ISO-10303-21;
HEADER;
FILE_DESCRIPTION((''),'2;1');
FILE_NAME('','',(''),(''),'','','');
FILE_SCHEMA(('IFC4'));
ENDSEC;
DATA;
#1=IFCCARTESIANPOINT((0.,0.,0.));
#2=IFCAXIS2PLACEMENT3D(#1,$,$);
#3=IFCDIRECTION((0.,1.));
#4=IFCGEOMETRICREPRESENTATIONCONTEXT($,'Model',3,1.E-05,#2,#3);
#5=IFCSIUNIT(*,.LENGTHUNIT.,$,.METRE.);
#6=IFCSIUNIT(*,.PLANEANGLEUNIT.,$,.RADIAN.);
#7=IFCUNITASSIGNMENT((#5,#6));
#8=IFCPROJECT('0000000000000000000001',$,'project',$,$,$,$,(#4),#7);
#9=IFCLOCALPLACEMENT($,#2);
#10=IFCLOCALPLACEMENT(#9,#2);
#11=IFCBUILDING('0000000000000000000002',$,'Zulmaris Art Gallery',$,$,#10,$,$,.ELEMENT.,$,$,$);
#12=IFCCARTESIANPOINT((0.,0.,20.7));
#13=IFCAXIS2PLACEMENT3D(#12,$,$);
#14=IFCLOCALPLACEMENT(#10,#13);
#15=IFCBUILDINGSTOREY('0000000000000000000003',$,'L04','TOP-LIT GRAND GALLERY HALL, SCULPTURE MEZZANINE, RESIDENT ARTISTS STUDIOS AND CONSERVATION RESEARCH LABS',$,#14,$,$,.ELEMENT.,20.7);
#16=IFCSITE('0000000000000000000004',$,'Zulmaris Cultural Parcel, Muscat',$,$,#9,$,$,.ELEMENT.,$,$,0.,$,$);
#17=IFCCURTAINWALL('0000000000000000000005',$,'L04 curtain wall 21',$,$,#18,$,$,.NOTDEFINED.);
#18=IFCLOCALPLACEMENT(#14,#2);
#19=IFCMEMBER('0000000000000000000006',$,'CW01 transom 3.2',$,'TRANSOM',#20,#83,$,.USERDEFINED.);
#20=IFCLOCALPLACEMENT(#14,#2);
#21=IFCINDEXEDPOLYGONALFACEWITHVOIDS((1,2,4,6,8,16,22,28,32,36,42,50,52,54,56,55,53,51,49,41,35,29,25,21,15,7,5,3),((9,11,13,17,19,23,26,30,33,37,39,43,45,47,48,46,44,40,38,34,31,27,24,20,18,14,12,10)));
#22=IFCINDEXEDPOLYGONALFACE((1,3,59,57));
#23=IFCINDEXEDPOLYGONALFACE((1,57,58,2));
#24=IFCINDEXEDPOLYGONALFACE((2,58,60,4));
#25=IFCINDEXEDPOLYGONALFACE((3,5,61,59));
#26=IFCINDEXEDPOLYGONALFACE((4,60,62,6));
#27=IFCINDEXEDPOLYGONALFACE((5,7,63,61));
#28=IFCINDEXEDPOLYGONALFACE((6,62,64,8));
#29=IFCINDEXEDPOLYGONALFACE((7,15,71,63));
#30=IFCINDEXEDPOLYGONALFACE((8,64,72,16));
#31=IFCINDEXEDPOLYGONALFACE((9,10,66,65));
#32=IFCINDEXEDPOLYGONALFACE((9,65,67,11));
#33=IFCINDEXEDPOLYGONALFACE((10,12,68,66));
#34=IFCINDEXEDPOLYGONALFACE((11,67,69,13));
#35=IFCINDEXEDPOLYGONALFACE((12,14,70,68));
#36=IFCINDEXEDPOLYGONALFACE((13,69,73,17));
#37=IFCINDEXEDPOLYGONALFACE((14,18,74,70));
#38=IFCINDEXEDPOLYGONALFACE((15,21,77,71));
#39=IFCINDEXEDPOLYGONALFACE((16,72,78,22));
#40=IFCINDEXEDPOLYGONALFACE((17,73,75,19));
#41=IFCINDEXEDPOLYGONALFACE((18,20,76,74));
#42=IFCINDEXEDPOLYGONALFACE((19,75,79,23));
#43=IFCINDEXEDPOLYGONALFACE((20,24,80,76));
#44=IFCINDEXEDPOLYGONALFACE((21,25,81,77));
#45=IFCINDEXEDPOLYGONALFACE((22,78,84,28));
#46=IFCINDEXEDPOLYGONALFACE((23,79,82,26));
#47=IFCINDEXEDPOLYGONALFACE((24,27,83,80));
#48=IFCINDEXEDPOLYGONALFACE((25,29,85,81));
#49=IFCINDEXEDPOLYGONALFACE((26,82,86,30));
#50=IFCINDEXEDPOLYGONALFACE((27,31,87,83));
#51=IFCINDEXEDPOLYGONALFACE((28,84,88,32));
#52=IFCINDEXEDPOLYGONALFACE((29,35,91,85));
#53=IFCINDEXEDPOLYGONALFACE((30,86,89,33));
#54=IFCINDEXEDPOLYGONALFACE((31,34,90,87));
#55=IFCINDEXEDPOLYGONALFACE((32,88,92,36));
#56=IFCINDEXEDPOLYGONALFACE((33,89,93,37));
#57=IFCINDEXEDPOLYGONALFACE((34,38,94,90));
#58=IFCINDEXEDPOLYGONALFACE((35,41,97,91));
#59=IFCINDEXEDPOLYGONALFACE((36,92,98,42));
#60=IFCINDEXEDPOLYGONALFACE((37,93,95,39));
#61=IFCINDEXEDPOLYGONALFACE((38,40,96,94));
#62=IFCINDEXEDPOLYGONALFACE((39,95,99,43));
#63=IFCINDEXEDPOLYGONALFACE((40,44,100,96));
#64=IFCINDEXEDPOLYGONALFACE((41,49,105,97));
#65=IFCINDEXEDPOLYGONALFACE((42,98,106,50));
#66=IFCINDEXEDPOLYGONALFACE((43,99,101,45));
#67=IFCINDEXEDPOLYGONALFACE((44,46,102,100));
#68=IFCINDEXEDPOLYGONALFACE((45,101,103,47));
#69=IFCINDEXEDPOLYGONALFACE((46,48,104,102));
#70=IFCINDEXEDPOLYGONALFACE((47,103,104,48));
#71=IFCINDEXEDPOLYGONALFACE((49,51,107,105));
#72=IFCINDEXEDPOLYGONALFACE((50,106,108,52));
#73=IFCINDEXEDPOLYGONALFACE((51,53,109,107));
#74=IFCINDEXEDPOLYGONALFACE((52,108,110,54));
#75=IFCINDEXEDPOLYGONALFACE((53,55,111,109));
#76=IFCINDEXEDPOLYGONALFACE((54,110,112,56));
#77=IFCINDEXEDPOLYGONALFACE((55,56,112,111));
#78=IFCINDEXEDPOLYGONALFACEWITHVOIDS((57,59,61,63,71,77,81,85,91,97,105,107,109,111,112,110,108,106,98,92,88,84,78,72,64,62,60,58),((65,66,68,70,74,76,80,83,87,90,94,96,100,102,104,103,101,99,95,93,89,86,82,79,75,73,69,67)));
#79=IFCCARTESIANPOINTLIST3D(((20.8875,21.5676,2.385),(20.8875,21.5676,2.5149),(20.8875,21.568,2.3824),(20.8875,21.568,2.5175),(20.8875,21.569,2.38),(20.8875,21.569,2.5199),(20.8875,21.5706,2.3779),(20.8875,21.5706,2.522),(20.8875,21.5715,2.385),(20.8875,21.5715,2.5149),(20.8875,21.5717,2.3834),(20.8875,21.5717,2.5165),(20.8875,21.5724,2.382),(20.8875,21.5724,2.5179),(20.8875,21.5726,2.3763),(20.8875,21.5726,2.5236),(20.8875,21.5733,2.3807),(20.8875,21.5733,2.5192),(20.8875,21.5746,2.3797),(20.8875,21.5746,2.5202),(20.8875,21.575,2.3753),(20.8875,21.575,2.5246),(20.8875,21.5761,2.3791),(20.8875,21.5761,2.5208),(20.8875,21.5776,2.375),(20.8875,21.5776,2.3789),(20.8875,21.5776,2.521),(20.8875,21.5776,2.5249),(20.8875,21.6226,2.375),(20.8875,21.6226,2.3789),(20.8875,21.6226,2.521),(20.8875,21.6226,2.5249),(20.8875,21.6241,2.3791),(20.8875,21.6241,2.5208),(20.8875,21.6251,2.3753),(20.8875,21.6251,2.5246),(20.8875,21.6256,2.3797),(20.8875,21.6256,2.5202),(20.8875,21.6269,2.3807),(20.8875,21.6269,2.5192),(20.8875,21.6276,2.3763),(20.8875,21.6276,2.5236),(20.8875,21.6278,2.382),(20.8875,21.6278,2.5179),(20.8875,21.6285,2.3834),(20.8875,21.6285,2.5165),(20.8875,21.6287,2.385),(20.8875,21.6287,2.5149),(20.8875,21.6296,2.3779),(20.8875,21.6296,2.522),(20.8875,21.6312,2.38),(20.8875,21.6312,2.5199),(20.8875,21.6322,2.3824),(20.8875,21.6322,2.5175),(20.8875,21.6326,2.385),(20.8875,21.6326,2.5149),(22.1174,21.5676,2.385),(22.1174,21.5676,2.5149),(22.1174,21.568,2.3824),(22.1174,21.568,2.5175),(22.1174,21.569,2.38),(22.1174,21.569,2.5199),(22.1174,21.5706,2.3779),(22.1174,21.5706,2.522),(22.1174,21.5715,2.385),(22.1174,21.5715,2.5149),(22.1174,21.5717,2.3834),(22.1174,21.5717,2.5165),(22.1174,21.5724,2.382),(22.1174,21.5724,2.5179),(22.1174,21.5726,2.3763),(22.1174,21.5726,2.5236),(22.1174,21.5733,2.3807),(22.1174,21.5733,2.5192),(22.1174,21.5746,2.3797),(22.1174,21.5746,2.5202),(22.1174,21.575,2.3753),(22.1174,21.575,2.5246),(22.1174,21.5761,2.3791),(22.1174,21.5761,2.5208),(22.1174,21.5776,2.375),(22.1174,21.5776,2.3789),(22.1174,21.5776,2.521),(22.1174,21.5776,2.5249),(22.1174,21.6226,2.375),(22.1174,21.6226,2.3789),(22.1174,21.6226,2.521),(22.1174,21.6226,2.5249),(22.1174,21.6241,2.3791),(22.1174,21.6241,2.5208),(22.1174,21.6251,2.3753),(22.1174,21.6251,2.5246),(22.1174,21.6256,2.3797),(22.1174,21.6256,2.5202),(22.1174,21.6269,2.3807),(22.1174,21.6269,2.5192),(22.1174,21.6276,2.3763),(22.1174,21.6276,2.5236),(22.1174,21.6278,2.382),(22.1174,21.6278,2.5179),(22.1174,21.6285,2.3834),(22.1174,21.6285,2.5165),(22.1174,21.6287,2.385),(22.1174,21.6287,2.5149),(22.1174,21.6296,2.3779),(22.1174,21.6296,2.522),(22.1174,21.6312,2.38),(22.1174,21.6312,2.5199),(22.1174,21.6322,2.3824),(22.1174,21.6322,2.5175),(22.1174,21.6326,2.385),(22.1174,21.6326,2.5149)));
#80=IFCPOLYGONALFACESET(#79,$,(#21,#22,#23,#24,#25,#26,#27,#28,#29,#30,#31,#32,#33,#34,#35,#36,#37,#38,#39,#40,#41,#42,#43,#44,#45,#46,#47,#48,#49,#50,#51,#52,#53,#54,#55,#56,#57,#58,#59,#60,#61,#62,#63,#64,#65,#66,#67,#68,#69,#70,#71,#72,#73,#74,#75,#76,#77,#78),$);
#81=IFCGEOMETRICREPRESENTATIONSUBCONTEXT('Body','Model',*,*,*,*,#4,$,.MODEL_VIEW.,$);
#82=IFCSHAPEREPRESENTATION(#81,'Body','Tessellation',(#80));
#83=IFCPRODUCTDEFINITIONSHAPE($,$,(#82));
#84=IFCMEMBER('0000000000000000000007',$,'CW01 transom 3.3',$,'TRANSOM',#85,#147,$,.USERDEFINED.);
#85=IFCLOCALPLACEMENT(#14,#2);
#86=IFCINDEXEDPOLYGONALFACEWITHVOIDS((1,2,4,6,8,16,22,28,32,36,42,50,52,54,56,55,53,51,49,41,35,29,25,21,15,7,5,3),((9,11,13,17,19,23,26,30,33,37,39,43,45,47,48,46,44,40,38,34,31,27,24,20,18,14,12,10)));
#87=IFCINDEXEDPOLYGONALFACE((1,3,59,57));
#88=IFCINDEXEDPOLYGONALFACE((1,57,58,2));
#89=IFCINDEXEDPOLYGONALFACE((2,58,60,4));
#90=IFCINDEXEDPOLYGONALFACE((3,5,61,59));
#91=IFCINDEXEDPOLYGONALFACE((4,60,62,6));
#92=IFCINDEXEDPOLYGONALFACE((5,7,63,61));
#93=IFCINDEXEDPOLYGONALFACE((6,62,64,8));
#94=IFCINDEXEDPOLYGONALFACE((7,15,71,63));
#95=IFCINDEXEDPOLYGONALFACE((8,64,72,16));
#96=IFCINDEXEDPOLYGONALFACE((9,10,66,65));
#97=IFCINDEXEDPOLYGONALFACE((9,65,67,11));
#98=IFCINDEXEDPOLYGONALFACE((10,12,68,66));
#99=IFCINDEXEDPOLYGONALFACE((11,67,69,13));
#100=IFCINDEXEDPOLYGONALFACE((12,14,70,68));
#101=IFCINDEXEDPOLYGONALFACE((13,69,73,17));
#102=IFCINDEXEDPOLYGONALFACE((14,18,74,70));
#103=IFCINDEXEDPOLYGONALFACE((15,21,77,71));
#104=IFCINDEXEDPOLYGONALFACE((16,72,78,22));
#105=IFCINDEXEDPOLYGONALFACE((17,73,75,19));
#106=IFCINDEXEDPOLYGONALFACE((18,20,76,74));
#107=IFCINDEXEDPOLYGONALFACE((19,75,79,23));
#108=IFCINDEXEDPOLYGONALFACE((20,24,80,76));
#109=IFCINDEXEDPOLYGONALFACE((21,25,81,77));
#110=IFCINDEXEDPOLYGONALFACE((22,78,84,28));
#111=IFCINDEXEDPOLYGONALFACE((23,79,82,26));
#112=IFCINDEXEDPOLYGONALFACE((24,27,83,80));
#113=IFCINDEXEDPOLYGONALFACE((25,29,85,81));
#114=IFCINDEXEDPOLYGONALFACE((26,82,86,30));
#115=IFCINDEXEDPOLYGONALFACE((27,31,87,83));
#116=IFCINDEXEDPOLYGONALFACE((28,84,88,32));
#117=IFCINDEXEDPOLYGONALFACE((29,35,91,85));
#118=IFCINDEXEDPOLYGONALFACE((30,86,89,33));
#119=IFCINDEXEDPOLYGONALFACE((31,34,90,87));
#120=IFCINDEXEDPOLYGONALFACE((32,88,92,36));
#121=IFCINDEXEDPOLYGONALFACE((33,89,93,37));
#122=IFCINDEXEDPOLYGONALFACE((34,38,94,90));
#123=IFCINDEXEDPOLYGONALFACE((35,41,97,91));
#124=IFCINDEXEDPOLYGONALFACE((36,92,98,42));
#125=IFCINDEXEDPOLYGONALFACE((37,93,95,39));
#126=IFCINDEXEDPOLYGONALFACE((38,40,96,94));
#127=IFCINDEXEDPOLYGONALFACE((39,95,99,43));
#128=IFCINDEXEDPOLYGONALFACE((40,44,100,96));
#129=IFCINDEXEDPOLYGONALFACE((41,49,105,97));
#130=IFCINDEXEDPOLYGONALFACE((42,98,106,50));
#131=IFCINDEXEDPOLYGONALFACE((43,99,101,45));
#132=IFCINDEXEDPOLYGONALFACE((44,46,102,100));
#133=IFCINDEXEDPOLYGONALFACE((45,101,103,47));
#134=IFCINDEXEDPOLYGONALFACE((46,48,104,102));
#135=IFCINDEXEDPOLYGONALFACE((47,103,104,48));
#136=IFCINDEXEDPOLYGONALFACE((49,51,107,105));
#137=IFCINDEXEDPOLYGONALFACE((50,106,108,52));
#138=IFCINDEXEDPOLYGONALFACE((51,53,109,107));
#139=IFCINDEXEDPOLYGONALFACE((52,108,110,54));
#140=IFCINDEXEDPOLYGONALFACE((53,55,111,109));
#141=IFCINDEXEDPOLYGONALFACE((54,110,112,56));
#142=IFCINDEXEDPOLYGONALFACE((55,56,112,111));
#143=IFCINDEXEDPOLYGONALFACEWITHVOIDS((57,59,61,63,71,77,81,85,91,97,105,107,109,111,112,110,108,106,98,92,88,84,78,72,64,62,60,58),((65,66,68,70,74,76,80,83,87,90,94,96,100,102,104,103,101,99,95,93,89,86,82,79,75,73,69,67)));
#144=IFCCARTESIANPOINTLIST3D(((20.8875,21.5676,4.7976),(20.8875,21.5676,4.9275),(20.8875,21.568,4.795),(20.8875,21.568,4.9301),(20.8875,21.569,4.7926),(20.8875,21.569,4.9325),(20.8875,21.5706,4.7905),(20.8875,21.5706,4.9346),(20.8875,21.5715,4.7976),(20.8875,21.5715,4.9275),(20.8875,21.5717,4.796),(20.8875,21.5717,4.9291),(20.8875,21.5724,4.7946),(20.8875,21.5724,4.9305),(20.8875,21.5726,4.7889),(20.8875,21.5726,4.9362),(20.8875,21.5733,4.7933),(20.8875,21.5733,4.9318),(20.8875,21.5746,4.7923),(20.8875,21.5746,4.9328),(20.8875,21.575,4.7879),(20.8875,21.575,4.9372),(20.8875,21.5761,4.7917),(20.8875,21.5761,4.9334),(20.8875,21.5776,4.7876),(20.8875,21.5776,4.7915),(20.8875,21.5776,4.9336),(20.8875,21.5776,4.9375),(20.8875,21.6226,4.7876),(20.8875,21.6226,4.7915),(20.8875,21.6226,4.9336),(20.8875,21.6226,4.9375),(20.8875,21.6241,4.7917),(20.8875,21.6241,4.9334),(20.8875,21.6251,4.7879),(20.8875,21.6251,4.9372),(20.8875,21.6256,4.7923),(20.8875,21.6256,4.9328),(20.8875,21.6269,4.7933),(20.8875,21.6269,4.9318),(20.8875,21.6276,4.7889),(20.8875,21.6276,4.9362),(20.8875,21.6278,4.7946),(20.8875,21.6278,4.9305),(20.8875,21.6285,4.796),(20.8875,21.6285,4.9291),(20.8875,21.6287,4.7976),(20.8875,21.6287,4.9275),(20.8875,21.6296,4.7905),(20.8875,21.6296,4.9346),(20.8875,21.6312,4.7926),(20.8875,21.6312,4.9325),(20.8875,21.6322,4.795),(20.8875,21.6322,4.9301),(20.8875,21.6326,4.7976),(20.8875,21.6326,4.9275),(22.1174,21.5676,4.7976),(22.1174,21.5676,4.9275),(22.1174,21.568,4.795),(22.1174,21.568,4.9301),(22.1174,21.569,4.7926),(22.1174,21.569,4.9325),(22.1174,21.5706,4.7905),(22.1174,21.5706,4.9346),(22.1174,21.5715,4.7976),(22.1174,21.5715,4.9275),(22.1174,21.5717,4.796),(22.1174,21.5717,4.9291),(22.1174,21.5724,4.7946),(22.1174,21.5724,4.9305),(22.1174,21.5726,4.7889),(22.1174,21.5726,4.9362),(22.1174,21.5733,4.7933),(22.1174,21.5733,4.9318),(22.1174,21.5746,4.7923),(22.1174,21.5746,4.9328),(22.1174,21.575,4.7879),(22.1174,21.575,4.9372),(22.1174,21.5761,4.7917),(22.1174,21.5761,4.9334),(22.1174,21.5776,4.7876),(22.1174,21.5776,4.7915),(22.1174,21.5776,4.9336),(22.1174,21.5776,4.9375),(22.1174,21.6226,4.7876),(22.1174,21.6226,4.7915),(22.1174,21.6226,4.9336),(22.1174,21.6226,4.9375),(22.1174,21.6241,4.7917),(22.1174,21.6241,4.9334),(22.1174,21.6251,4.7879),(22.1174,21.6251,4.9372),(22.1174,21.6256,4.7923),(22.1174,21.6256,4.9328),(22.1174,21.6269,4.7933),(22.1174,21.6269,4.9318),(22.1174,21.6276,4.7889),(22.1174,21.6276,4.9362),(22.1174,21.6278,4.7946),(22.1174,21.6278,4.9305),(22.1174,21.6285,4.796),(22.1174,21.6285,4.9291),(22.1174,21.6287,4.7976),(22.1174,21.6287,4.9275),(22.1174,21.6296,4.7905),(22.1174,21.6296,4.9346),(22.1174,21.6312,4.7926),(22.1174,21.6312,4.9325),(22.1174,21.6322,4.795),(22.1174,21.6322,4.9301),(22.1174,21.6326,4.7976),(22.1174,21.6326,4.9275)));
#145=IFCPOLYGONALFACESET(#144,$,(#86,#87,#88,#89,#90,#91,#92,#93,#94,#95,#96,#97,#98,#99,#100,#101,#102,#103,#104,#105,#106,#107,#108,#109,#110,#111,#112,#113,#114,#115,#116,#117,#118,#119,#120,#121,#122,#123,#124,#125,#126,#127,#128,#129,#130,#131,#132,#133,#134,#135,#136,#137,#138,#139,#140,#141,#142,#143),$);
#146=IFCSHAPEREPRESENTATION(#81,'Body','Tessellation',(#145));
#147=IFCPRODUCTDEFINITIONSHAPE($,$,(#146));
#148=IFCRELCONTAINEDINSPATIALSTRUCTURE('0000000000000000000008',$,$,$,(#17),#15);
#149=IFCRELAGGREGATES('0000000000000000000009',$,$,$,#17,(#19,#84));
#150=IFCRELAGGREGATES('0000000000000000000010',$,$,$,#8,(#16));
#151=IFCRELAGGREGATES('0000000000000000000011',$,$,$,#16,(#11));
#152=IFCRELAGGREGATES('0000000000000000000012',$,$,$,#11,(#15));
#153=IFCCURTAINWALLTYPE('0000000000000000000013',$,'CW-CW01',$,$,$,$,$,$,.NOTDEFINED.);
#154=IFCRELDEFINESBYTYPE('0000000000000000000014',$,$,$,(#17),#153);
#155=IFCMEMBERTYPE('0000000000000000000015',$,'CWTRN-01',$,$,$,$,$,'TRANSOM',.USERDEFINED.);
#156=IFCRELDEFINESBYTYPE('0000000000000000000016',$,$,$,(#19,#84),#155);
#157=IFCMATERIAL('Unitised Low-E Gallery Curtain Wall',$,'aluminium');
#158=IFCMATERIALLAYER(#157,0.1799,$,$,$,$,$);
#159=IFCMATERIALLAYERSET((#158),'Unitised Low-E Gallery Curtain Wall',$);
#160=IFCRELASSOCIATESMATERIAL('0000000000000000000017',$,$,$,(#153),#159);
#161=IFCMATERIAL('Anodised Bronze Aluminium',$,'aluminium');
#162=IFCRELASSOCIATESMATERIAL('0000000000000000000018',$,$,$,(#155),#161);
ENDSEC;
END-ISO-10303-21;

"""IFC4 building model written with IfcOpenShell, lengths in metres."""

from ifc_helpers import new_model, si_unit, direction, frame, origin, origin_2d, place, context, subcontext, project, spatial, hollow_rectangle, extrude, material, layer, layer_set, material_profile, profile_set, type_object, element, aggregate, save


model = new_model("IFC4")

# Units and contexts
model_context = context("Model", 3, precision=1e-05, world=origin(), true_north=direction((0.0, 1.0)))
body_context = subcontext(model_context, "Body", "Model", "MODEL_VIEW")
ifc_project = project(units=[si_unit("LENGTHUNIT", "METRE"), si_unit("PLANEANGLEUNIT", "RADIAN")], contexts=[model_context])

# Site, building, storey
site_placement = place(None, origin())
site = spatial("IfcSite", under=ifc_project, at=site_placement, Name="Zulmaris Cultural Parcel, Muscat", CompositionType="ELEMENT", RefElevation=0.0)
building_placement = place(site_placement, origin())
building = spatial("IfcBuilding", under=site, at=building_placement, Name="Zulmaris Art Gallery", CompositionType="ELEMENT")
storey_placement = place(building_placement, frame((0.0, 0.0, 20.7)))
storey = spatial("IfcBuildingStorey", under=building, at=storey_placement, Name="L04", Description="TOP-LIT GRAND GALLERY HALL, SCULPTURE MEZZANINE, RESIDENT ARTISTS STUDIOS AND CONSERVATION RESEARCH LABS", CompositionType="ELEMENT", Elevation=20.7)

# Curtain wall
ifc_material_1 = material(Name="Unitised Low-E Gallery Curtain Wall", Category="aluminium")
ifc_layer_1 = layer(ifc_material_1, 0.1799)
ifc_layer_set_1 = layer_set([ifc_layer_1], Name="Unitised Low-E Gallery Curtain Wall")
curtain_wall_type_1 = type_object("IfcCurtainWallType", Name="CW-CW01", PredefinedType="NOTDEFINED", material=ifc_layer_set_1)
curtain_wall_1_placement = place(storey_placement, origin())
curtain_wall_1 = element("IfcCurtainWall", 1, at=curtain_wall_1_placement, inside=storey, type_object=curtain_wall_type_1, Name="L04 curtain wall 21", PredefinedType="NOTDEFINED")
ifc_material_2 = material(Name="Anodised Bronze Aluminium", Category="aluminium")

# Members
ifc_material_profile_1 = material_profile(ifc_material_2, hollow_rectangle(XDim=0.0649, YDim=0.1499, WallThickness=0.0039, InnerFilletRadius=0.0061, OuterFilletRadius=0.01, at=origin_2d()), Name="ALU 65x150x4")
ifc_profile_set_1 = profile_set([ifc_material_profile_1], Name="Anodised Bronze Aluminium")
member_type_1 = type_object("IfcMemberType", Name="CWTRN-01", ElementType="TRANSOM", PredefinedType="USERDEFINED", material=ifc_profile_set_1)
member_1_placement = place(storey_placement, frame((20.8875, 21.6001, 2.45), z_axis=(1.0, 0.0, 0.0), x_axis=(0.0, 1.0, 0.0)))
member_1 = element("IfcMember", 2, at=member_1_placement, type_object=member_type_1, Name="CW01 transom 3.2", ObjectType="TRANSOM", PredefinedType="USERDEFINED", context=body_context, shape_type="SweptSolid", body=[
    extrude(hollow_rectangle(XDim=0.0649, YDim=0.1499, WallThickness=0.0039, InnerFilletRadius=0.0061, OuterFilletRadius=0.01, at=origin_2d()), origin(), (0.0, 0.0, 1.0), 1.23),
])
member_2_placement = place(storey_placement, frame((20.8875, 21.6001, 4.8625), z_axis=(1.0, 0.0, 0.0), x_axis=(0.0, 1.0, 0.0)))
member_2 = element("IfcMember", 3, at=member_2_placement, type_object=member_type_1, Name="CW01 transom 3.3", ObjectType="TRANSOM", PredefinedType="USERDEFINED", context=body_context, shape_type="SweptSolid", body=[
    extrude(hollow_rectangle(XDim=0.0649, YDim=0.1499, WallThickness=0.0039, InnerFilletRadius=0.0061, OuterFilletRadius=0.01, at=origin_2d()), origin(), (0.0, 0.0, 1.0), 1.23),
])

aggregate(curtain_wall_1, [member_1, member_2])

save(model, "model.ifc")
